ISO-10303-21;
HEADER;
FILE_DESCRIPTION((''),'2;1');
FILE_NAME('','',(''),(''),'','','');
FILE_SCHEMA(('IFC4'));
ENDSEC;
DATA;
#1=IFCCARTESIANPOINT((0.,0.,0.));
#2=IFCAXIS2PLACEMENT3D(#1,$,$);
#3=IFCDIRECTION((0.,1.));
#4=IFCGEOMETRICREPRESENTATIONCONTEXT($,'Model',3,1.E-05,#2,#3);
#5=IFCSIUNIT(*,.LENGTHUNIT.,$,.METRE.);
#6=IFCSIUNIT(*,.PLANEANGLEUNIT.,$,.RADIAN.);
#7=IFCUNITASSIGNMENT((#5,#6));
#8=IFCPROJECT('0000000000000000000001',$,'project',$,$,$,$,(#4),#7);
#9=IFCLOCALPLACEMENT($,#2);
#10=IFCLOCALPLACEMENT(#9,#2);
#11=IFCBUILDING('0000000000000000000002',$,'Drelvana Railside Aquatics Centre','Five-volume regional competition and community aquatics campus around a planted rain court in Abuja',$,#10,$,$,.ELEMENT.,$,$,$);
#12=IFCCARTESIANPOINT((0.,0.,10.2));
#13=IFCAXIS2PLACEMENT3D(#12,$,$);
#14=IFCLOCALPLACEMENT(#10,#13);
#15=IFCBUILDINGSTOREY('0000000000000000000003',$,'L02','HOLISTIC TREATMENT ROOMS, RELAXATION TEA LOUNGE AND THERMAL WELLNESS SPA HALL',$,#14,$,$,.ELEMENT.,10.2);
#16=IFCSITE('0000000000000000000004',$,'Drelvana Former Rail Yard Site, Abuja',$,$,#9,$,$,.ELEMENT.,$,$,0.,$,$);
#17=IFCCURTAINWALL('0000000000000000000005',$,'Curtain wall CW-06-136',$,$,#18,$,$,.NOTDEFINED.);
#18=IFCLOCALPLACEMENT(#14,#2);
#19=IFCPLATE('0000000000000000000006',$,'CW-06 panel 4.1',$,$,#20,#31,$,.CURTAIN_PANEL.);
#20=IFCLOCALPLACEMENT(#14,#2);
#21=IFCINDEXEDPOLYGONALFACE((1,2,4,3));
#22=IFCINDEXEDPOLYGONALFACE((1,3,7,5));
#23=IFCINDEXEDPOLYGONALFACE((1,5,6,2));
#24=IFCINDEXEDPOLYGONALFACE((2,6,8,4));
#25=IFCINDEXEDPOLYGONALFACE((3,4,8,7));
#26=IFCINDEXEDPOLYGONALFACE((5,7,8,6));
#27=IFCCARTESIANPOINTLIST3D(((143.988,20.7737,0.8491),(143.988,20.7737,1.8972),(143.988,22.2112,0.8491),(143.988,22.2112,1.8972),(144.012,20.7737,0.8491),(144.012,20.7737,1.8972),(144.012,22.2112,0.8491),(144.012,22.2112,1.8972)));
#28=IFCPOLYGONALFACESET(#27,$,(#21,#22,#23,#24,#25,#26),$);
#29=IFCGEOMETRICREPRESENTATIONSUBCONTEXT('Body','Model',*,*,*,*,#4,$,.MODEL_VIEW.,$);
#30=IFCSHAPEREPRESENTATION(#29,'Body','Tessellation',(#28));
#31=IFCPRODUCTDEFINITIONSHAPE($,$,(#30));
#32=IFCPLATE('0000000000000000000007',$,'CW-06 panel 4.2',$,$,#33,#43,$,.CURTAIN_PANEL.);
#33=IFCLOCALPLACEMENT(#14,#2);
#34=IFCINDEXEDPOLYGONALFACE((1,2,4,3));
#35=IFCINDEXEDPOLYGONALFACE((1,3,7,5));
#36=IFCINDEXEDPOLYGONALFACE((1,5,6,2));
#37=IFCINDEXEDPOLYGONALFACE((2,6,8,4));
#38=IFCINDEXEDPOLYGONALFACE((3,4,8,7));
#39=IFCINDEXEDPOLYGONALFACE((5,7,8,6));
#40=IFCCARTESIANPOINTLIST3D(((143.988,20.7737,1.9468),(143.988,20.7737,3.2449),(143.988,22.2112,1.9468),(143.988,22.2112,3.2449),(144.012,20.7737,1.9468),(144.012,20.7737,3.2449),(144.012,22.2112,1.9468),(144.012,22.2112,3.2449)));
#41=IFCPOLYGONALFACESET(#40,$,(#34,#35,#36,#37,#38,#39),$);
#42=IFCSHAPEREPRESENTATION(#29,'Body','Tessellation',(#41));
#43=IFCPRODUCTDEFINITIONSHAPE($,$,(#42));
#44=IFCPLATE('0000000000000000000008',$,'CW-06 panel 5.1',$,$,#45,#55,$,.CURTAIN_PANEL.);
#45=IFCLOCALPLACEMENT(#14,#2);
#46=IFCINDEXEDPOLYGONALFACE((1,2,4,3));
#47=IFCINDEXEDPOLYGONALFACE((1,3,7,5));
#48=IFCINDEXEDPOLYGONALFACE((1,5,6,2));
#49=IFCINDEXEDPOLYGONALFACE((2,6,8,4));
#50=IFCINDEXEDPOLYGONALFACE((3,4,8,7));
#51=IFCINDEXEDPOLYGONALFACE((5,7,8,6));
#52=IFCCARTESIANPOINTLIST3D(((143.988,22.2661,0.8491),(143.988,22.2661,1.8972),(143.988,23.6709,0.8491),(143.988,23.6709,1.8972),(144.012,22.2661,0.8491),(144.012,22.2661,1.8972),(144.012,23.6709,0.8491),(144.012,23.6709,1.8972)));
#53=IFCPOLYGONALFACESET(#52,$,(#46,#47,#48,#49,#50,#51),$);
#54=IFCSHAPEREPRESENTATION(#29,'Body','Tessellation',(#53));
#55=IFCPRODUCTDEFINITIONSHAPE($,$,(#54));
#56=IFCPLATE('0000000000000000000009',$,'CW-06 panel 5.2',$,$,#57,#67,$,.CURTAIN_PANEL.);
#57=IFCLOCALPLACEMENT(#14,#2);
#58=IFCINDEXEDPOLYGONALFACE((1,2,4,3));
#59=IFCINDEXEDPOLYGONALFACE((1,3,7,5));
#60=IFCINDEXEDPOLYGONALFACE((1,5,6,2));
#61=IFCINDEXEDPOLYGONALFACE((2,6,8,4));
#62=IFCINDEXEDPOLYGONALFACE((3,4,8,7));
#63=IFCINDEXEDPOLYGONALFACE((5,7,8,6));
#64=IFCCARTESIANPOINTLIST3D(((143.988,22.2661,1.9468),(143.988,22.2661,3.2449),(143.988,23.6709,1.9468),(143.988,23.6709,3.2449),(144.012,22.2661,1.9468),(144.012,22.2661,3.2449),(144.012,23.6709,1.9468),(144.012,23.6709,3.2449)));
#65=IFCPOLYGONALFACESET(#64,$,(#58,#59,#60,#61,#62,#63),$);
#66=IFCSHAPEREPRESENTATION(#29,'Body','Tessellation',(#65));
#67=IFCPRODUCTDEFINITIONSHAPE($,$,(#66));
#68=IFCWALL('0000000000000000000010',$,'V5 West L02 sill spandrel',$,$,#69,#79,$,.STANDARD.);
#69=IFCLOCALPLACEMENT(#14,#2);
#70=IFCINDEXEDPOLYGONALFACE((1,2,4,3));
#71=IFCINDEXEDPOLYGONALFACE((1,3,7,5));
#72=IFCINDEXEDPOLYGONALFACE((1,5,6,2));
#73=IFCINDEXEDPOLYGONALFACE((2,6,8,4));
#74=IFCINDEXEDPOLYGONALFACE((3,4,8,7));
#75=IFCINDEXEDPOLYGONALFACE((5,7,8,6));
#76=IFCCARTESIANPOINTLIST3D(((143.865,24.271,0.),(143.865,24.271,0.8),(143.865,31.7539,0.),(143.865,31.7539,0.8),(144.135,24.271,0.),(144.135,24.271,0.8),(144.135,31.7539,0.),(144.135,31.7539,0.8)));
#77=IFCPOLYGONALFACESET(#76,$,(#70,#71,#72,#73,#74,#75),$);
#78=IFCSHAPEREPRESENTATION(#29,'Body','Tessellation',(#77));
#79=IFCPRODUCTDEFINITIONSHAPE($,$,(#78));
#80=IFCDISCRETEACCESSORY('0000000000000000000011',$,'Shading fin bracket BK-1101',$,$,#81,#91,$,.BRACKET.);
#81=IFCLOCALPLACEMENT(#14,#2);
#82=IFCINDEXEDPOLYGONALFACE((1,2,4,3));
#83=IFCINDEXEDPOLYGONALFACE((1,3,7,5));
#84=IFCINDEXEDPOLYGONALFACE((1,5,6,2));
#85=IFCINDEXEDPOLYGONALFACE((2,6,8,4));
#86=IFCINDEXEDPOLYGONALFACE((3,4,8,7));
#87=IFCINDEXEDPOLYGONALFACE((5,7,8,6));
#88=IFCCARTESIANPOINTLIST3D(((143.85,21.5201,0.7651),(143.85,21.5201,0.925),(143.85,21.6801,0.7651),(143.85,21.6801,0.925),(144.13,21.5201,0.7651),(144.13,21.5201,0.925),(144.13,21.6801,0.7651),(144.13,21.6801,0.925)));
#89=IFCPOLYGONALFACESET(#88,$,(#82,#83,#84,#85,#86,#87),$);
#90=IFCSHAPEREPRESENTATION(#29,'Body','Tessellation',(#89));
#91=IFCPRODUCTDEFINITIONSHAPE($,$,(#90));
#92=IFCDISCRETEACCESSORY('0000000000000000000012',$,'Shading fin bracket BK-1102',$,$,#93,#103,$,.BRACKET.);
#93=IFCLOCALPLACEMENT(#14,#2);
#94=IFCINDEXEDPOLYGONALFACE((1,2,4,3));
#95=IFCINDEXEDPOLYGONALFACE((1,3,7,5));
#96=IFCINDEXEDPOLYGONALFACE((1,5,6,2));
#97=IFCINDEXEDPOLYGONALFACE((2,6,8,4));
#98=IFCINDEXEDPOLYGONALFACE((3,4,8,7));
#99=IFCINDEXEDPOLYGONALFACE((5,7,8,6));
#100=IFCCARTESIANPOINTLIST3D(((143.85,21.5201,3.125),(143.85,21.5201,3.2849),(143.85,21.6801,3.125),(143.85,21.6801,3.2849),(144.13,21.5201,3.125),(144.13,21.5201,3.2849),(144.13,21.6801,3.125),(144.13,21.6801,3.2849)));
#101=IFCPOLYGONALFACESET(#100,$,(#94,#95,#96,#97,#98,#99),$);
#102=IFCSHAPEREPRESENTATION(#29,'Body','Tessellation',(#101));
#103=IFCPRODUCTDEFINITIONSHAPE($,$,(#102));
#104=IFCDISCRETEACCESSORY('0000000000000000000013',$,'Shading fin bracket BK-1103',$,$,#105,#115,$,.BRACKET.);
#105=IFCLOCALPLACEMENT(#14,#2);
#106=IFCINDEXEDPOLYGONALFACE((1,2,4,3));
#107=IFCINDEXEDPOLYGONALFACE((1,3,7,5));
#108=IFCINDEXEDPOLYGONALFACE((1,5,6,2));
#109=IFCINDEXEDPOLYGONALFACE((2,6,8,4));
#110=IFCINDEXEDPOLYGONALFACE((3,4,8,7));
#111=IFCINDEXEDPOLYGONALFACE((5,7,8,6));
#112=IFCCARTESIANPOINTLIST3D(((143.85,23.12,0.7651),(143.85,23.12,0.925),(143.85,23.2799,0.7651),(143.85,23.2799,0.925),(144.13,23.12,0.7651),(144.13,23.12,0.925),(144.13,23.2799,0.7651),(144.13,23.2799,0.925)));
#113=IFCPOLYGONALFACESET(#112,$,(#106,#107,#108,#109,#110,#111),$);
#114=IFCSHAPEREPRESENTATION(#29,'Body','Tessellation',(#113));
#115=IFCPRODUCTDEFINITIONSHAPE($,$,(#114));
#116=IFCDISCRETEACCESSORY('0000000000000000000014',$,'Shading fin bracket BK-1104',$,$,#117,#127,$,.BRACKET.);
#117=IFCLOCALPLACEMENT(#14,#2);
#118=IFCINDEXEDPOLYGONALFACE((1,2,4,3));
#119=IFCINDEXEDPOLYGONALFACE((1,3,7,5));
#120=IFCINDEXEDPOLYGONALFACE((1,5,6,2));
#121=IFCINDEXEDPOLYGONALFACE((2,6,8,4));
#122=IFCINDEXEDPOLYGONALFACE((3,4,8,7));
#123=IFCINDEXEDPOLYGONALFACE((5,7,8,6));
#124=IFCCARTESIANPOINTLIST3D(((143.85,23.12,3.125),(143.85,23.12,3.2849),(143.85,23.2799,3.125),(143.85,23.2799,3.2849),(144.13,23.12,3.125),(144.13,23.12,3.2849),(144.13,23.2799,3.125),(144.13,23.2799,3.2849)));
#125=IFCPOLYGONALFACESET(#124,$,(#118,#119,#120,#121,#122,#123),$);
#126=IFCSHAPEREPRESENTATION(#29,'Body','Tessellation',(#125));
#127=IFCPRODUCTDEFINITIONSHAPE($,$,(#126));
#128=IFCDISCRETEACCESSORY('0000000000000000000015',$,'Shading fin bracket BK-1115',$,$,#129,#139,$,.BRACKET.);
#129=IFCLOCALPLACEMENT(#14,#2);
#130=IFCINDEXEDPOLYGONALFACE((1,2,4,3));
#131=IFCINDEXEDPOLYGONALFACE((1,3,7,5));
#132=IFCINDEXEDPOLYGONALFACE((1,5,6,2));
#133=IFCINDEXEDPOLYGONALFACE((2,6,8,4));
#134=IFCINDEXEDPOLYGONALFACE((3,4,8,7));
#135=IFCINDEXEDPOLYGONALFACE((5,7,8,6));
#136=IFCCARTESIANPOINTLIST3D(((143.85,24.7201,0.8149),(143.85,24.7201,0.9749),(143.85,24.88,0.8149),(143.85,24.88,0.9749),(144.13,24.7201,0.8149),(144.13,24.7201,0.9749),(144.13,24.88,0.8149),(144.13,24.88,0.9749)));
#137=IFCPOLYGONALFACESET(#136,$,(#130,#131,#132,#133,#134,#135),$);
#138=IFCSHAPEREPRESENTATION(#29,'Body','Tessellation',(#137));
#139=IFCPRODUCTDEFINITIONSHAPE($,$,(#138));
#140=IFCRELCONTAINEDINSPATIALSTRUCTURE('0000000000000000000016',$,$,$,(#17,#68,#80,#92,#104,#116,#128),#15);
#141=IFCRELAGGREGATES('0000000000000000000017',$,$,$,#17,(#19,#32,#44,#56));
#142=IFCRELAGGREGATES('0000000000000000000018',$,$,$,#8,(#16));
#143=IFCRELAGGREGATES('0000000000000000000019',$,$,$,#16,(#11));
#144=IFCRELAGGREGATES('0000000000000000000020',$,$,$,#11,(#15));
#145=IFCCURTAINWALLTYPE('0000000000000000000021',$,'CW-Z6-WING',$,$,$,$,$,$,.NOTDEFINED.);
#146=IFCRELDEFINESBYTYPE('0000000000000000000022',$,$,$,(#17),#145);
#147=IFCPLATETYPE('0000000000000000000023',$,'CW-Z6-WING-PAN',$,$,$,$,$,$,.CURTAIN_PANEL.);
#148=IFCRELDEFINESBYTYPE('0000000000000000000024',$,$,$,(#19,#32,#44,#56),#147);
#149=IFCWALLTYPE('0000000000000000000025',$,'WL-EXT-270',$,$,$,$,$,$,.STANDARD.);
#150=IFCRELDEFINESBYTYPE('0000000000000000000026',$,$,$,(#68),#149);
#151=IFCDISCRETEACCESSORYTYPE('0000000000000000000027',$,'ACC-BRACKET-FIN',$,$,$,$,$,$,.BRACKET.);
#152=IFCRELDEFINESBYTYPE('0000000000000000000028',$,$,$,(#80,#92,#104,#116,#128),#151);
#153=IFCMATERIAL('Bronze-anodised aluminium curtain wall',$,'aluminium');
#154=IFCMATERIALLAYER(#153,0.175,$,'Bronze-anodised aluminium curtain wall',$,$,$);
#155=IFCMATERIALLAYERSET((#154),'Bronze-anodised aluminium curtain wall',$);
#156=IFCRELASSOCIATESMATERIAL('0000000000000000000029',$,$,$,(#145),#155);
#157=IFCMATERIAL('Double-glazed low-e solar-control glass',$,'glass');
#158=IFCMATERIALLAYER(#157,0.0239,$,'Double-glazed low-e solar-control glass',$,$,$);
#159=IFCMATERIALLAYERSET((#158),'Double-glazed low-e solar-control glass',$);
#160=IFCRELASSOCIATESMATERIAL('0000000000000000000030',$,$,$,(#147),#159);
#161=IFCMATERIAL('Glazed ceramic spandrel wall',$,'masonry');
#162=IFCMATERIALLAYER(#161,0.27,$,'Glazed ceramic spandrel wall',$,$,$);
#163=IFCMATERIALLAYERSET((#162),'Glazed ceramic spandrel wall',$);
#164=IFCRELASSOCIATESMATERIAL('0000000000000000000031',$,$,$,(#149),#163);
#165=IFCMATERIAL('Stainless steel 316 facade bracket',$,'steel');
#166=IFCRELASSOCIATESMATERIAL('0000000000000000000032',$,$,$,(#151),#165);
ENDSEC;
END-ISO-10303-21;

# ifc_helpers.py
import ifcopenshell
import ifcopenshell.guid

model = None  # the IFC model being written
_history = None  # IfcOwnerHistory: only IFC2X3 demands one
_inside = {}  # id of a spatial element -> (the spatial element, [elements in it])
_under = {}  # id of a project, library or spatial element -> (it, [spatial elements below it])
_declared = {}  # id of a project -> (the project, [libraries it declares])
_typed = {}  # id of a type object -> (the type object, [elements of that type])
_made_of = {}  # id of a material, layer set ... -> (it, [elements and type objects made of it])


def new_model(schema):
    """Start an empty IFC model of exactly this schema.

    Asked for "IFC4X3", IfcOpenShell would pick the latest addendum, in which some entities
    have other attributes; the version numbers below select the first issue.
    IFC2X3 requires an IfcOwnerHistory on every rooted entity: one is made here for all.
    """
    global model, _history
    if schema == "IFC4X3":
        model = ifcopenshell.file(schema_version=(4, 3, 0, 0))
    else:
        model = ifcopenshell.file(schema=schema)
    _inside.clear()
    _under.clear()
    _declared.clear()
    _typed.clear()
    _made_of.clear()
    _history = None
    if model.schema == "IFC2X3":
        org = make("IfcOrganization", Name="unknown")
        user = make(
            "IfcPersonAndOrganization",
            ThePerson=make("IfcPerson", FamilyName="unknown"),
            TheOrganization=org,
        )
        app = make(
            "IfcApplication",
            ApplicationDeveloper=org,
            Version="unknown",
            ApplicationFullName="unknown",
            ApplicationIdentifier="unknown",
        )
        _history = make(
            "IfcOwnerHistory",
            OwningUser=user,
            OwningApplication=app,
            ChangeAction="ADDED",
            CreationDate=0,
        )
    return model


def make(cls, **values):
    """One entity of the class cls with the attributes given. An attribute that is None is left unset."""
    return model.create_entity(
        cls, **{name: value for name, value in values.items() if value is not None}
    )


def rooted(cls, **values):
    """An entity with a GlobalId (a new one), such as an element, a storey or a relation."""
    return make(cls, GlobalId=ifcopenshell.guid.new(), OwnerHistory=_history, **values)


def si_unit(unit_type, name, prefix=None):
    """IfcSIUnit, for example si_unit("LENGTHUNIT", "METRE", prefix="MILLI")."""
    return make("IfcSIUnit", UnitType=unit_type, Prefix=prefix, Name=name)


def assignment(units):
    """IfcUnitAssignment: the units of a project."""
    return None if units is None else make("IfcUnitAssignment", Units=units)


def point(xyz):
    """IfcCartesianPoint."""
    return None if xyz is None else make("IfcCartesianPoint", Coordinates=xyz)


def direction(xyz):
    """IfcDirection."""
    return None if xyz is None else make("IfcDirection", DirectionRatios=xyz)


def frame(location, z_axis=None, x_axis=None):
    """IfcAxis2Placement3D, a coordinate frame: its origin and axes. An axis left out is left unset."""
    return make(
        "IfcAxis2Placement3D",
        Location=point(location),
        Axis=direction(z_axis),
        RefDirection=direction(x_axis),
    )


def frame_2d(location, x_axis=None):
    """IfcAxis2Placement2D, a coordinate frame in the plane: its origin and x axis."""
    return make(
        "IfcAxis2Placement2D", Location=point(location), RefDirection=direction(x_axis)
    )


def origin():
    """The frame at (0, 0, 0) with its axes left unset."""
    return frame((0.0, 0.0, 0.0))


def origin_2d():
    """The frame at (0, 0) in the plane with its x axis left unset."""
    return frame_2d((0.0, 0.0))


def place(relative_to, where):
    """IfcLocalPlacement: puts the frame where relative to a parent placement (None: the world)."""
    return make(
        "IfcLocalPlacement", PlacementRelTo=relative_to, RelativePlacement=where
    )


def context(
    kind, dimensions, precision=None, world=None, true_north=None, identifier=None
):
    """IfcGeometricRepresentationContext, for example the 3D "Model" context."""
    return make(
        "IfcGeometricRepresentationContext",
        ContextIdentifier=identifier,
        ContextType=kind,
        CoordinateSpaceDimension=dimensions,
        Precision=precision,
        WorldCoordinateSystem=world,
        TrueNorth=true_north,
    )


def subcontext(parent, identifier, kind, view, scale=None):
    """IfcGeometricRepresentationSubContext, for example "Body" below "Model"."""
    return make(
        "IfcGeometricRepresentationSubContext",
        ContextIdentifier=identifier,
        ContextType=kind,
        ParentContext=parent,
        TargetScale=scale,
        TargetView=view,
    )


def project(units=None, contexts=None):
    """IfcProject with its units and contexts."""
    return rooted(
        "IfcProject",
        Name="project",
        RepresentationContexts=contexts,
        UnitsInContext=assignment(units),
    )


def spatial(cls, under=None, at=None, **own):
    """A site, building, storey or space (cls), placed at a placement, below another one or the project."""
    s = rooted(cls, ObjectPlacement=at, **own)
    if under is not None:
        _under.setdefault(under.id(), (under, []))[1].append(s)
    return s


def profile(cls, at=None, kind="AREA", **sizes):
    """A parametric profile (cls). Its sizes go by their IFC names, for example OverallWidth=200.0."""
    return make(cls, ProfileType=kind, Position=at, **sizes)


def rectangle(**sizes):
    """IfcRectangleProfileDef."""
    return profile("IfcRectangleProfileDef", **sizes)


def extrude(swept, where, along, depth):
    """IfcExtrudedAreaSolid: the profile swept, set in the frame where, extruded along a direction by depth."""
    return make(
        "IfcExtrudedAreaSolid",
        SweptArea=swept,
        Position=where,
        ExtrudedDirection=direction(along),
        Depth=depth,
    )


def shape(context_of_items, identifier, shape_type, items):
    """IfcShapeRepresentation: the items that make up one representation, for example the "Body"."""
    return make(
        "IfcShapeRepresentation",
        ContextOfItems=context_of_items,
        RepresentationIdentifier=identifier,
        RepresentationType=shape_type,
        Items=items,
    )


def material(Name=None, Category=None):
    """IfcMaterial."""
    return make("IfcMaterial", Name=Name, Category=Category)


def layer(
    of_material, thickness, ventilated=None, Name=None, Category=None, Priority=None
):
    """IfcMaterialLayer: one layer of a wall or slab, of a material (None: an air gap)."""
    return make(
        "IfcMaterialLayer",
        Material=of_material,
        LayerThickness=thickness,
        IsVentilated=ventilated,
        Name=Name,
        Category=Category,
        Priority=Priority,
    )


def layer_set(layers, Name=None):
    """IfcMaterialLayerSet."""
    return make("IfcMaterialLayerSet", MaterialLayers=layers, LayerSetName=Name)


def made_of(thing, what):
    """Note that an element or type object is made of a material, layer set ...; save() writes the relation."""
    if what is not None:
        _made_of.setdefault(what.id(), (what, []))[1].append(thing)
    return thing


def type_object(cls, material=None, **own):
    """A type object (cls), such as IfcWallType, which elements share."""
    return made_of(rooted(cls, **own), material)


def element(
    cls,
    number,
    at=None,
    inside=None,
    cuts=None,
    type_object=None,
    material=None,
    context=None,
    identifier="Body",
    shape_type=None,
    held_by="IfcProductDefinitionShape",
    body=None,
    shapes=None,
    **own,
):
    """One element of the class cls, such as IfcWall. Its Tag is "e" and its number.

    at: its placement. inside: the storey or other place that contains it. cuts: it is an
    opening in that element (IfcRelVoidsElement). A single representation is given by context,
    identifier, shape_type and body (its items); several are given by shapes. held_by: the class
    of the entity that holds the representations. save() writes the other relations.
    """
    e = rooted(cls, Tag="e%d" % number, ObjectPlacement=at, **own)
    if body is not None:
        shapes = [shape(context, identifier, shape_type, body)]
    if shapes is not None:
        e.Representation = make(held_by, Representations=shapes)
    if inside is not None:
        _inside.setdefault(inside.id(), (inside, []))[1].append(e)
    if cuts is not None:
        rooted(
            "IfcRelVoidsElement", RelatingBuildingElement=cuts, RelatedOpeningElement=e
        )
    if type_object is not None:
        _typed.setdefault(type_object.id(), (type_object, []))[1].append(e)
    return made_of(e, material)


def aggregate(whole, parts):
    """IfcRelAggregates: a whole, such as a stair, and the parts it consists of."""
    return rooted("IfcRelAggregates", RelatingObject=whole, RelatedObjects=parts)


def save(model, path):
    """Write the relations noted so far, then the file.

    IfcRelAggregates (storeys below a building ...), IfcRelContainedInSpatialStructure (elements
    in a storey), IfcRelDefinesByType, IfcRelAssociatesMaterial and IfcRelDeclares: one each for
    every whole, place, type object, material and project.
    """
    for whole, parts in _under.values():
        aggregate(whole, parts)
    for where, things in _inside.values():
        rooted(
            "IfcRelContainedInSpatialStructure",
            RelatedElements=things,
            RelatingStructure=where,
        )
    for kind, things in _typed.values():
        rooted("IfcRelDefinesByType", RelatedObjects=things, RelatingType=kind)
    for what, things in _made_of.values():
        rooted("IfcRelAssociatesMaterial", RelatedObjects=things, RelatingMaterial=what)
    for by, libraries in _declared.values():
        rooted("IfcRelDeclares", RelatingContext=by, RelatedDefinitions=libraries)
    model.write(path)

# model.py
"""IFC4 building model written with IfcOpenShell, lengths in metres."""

from ifc_helpers import new_model, si_unit, direction, frame, frame_2d, origin, origin_2d, place, context, subcontext, project, spatial, rectangle, extrude, material, layer, layer_set, type_object, element, aggregate, save


model = new_model("IFC4")

# Units and contexts
model_context = context("Model", 3, precision=1e-05, world=origin(), true_north=direction((0.0, 1.0)))
body_context = subcontext(model_context, "Body", "Model", "MODEL_VIEW")
ifc_project = project(units=[si_unit("LENGTHUNIT", "METRE"), si_unit("PLANEANGLEUNIT", "RADIAN")], contexts=[model_context])

# Site, building, storey
site_placement = place(None, origin())
site = spatial("IfcSite", under=ifc_project, at=site_placement, Name="Drelvana Former Rail Yard Site, Abuja", CompositionType="ELEMENT", RefElevation=0.0)
building_placement = place(site_placement, origin())
building = spatial("IfcBuilding", under=site, at=building_placement, Name="Drelvana Railside Aquatics Centre", Description="Five-volume regional competition and community aquatics campus around a planted rain court in Abuja", CompositionType="ELEMENT")
storey_placement = place(building_placement, frame((0.0, 0.0, 10.2)))
storey = spatial("IfcBuildingStorey", under=building, at=storey_placement, Name="L02", Description="HOLISTIC TREATMENT ROOMS, RELAXATION TEA LOUNGE AND THERMAL WELLNESS SPA HALL", CompositionType="ELEMENT", Elevation=10.2)

# Curtain wall
ifc_material_1 = material(Name="Bronze-anodised aluminium curtain wall", Category="aluminium")
ifc_layer_1 = layer(ifc_material_1, 0.175, Name="Bronze-anodised aluminium curtain wall")
ifc_layer_set_1 = layer_set([ifc_layer_1], Name="Bronze-anodised aluminium curtain wall")
curtain_wall_type = type_object("IfcCurtainWallType", Name="CW-Z6-WING", PredefinedType="NOTDEFINED", material=ifc_layer_set_1)
curtain_wall_1_placement = place(storey_placement, origin())
curtain_wall_1 = element("IfcCurtainWall", 1, at=curtain_wall_1_placement, inside=storey, type_object=curtain_wall_type, Name="Curtain wall CW-06-136", PredefinedType="NOTDEFINED")

# Plates
ifc_material_2 = material(Name="Double-glazed low-e solar-control glass", Category="glass")
ifc_layer_2 = layer(ifc_material_2, 0.0239, Name="Double-glazed low-e solar-control glass")
ifc_layer_set_2 = layer_set([ifc_layer_2], Name="Double-glazed low-e solar-control glass")
plate_type = type_object("IfcPlateType", Name="CW-Z6-WING-PAN", PredefinedType="CURTAIN_PANEL", material=ifc_layer_set_2)
plate_1_placement = place(storey_placement, frame((144.0, 21.4924, 0.8491), z_axis=(0.0, 0.0, 1.0), x_axis=(0.0, 1.0, 0.0)))
plate_1 = element("IfcPlate", 2, at=plate_1_placement, type_object=plate_type, Name="CW-06 panel 4.1", PredefinedType="CURTAIN_PANEL", context=body_context, shape_type="SweptSolid", body=[
    extrude(rectangle(XDim=1.4375, YDim=0.0239, at=origin_2d()), origin(), (0.0, 0.0, 1.0), 1.0481),
])
plate_2_placement = place(storey_placement, frame((144.0, 21.4924, 1.9468), z_axis=(0.0, 0.0, 1.0), x_axis=(0.0, 1.0, 0.0)))
plate_2 = element("IfcPlate", 3, at=plate_2_placement, type_object=plate_type, Name="CW-06 panel 4.2", PredefinedType="CURTAIN_PANEL", context=body_context, shape_type="SweptSolid", body=[
    extrude(rectangle(XDim=1.4375, YDim=0.0239, at=origin_2d()), origin(), (0.0, 0.0, 1.0), 1.2981),
])
plate_3_placement = place(storey_placement, frame((144.0, 22.9685, 0.8491), z_axis=(0.0, 0.0, 1.0), x_axis=(0.0, 1.0, 0.0)))
plate_3 = element("IfcPlate", 4, at=plate_3_placement, type_object=plate_type, Name="CW-06 panel 5.1", PredefinedType="CURTAIN_PANEL", context=body_context, shape_type="SweptSolid", body=[
    extrude(rectangle(XDim=1.4048, YDim=0.0239, at=origin_2d()), origin(), (0.0, 0.0, 1.0), 1.0481),
])
plate_4_placement = place(storey_placement, frame((144.0, 22.9685, 1.9468), z_axis=(0.0, 0.0, 1.0), x_axis=(0.0, 1.0, 0.0)))
plate_4 = element("IfcPlate", 5, at=plate_4_placement, type_object=plate_type, Name="CW-06 panel 5.2", PredefinedType="CURTAIN_PANEL", context=body_context, shape_type="SweptSolid", body=[
    extrude(rectangle(XDim=1.4048, YDim=0.0239, at=origin_2d()), origin(), (0.0, 0.0, 1.0), 1.2981),
])
aggregate(curtain_wall_1, [plate_1, plate_2, plate_3, plate_4])

# Wall
ifc_material_3 = material(Name="Glazed ceramic spandrel wall", Category="masonry")
ifc_layer_3 = layer(ifc_material_3, 0.27, Name="Glazed ceramic spandrel wall")
ifc_layer_set_3 = layer_set([ifc_layer_3], Name="Glazed ceramic spandrel wall")
wall_type = type_object("IfcWallType", Name="WL-EXT-270", PredefinedType="STANDARD", material=ifc_layer_set_3)
wall_placement = place(storey_placement, frame((144.0, 24.271, 0.0), z_axis=(0.0, 0.0, 1.0), x_axis=(0.0, 1.0, 0.0)))
element("IfcWall", 6, at=wall_placement, inside=storey, type_object=wall_type, Name="V5 West L02 sill spandrel", PredefinedType="STANDARD", context=body_context, shape_type="SweptSolid", body=[
    extrude(rectangle(XDim=7.4829, YDim=0.27, at=frame_2d((3.7415, 0.0))), origin(), (0.0, 0.0, 1.0), 0.8),
])

# Discrete accessories
ifc_material_4 = material(Name="Stainless steel 316 facade bracket", Category="steel")
discrete_accessory_type = type_object("IfcDiscreteAccessoryType", Name="ACC-BRACKET-FIN", PredefinedType="BRACKET", material=ifc_material_4)
for number, where, z_axis, x_axis, name in (
    (7, (143.99, 21.6001, 0.7651), (0.0, 0.0, 1.0), (-1.0, 0.0, 0.0), "Shading fin bracket BK-1101"),
    (8, (143.99, 21.6001, 3.125), (0.0, 0.0, 1.0), (-1.0, 0.0, 0.0), "Shading fin bracket BK-1102"),
    (9, (143.99, 23.2, 0.7651), (0.0, 0.0, 1.0), (-1.0, 0.0, 0.0), "Shading fin bracket BK-1103"),
    (10, (143.99, 23.2, 3.125), (0.0, 0.0, 1.0), (-1.0, 0.0, 0.0), "Shading fin bracket BK-1104"),
    (11, (143.99, 24.8, 0.8149), (0.0, 0.0, 1.0), (-1.0, 0.0, 0.0), "Shading fin bracket BK-1115"),
):
    element("IfcDiscreteAccessory", number, at=place(storey_placement, frame(where, z_axis=z_axis, x_axis=x_axis)), inside=storey, type_object=discrete_accessory_type, Name=name, PredefinedType="BRACKET", context=body_context, shape_type="SweptSolid", body=[
        extrude(rectangle(XDim=0.28, YDim=0.1599, at=origin_2d()), origin(), (0.0, 0.0, 1.0), 0.1599),
    ])

save(model, "model.ifc")
